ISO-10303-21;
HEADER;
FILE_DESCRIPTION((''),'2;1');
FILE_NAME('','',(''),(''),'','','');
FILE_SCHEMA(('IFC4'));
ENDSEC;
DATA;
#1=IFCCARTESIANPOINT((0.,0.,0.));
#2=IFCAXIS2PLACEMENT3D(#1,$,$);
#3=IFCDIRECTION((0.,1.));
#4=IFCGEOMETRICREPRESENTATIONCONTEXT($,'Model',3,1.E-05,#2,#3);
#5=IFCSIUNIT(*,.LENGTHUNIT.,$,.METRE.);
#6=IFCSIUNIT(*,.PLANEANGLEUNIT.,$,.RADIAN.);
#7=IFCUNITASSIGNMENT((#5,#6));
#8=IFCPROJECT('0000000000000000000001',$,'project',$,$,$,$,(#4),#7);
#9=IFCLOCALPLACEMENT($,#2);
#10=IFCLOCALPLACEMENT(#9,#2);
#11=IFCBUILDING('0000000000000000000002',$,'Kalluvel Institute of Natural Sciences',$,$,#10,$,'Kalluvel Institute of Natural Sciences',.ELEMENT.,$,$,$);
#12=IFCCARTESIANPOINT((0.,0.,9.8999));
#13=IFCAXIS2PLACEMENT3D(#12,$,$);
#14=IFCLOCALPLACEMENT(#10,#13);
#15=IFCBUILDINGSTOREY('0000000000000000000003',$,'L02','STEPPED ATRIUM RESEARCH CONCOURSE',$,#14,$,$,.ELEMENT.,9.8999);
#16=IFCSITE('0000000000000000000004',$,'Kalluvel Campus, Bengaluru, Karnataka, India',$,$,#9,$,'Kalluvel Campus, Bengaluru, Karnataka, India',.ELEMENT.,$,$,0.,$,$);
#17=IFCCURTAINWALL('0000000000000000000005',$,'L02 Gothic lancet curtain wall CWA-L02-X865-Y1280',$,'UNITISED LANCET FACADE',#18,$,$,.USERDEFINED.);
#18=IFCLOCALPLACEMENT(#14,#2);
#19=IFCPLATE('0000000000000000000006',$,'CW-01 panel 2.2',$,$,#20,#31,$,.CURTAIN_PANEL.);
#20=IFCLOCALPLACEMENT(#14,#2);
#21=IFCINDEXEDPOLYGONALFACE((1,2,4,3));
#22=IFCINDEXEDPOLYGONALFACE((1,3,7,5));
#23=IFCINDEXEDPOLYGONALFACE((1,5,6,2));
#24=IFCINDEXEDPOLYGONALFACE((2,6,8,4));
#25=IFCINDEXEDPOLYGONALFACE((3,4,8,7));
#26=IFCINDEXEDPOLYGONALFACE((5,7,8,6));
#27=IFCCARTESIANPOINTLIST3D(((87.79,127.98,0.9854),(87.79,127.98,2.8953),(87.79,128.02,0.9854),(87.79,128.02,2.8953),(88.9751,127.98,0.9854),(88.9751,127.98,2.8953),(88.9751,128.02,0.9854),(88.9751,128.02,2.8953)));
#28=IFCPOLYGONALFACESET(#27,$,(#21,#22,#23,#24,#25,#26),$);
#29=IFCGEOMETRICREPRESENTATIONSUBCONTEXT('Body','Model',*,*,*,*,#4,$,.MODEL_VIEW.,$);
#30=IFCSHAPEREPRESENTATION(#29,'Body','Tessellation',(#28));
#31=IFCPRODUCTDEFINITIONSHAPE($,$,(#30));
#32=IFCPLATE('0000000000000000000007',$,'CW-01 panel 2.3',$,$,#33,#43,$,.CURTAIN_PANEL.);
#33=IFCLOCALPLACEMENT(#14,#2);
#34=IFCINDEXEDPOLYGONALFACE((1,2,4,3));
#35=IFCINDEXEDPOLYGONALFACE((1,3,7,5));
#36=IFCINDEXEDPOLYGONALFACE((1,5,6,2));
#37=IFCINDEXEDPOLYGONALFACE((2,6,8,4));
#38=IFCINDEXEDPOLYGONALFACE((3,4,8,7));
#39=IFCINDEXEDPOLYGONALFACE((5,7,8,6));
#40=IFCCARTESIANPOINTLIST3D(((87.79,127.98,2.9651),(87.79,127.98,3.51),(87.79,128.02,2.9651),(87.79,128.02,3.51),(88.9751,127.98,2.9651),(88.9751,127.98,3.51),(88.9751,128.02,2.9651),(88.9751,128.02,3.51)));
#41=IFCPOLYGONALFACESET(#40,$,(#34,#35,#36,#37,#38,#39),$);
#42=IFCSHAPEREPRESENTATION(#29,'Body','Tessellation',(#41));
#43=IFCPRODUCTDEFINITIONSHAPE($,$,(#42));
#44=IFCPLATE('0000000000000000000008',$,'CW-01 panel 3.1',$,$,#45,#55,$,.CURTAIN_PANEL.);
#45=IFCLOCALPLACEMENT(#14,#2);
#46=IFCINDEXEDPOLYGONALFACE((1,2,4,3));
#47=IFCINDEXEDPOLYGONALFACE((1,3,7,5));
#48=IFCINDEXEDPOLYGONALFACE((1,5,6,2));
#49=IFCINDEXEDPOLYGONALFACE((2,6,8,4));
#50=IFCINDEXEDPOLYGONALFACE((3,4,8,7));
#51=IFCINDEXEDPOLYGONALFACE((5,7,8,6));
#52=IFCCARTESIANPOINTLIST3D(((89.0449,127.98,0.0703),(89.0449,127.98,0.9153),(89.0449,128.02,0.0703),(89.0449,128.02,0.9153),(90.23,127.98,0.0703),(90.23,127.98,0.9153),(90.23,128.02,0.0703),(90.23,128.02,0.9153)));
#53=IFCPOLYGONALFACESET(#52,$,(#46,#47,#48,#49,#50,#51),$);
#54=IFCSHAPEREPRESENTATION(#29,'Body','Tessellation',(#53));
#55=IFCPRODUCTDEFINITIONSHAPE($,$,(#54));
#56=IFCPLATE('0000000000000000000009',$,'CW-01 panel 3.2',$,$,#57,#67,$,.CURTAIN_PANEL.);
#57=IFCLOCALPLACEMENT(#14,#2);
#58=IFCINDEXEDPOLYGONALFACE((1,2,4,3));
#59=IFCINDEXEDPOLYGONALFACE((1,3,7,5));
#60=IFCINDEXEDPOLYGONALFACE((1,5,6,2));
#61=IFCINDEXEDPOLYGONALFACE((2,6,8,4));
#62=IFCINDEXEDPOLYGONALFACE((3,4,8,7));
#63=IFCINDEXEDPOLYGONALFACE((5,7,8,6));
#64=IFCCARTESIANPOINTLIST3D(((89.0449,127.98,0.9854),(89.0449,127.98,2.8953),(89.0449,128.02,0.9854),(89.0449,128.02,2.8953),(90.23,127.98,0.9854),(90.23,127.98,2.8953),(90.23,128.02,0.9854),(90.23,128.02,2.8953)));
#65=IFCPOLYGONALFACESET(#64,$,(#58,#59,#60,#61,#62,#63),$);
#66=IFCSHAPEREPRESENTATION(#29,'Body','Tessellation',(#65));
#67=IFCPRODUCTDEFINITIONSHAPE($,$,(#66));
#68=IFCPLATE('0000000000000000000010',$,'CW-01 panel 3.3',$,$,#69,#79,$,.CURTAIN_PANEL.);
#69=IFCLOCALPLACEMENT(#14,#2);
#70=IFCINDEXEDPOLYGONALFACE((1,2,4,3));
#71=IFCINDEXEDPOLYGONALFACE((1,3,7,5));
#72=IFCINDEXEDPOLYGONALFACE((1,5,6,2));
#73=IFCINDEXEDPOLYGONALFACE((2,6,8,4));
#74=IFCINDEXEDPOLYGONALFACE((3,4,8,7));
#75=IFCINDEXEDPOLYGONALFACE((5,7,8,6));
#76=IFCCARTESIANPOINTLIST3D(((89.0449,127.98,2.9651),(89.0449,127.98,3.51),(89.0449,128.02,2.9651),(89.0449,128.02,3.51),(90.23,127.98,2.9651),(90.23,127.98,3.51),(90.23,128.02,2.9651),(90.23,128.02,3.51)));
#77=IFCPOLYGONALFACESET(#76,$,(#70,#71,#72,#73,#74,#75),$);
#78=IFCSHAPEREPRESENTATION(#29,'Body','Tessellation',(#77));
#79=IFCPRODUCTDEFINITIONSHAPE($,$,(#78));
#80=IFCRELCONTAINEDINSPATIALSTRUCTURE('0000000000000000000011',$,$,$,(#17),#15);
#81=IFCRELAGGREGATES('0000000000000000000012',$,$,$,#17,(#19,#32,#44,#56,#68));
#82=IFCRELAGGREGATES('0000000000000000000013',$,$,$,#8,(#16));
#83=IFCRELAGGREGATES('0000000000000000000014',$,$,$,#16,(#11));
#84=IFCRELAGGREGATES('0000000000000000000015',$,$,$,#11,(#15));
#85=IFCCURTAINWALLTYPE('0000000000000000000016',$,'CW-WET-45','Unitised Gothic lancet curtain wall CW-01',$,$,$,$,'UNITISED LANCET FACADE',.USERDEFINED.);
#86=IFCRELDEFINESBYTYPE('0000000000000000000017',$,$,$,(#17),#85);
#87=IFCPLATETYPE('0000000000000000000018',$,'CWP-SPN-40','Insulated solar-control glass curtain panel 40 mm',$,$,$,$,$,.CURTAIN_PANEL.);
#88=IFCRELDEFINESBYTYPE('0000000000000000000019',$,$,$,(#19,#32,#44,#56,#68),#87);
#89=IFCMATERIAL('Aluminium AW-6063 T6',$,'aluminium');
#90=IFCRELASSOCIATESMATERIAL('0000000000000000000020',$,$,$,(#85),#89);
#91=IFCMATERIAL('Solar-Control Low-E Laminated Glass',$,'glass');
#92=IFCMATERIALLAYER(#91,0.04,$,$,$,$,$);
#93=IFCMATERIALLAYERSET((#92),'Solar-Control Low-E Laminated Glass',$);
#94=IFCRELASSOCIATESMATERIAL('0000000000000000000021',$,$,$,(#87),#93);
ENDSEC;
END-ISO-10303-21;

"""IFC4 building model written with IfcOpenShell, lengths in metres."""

from ifc_helpers import new_model, si_unit, direction, frame, origin, origin_2d, place, context, subcontext, project, spatial, rectangle, extrude, material, layer, layer_set, type_object, element, aggregate, save


model = new_model("IFC4")

# Units and contexts
model_context = context("Model", 3, precision=1e-05, world=origin(), true_north=direction((0.0, 1.0)))
body_context = subcontext(model_context, "Body", "Model", "MODEL_VIEW")
ifc_project = project(units=[si_unit("LENGTHUNIT", "METRE"), si_unit("PLANEANGLEUNIT", "RADIAN")], contexts=[model_context])

# Site, building, storey
site_placement = place(None, origin())
site = spatial("IfcSite", under=ifc_project, at=site_placement, Name="Kalluvel Campus, Bengaluru, Karnataka, India", LongName="Kalluvel Campus, Bengaluru, Karnataka, India", CompositionType="ELEMENT", RefElevation=0.0)
building_placement = place(site_placement, origin())
building = spatial("IfcBuilding", under=site, at=building_placement, Name="Kalluvel Institute of Natural Sciences", LongName="Kalluvel Institute of Natural Sciences", CompositionType="ELEMENT")
storey_placement = place(building_placement, frame((0.0, 0.0, 9.8999)))
storey = spatial("IfcBuildingStorey", under=building, at=storey_placement, Name="L02", Description="STEPPED ATRIUM RESEARCH CONCOURSE", CompositionType="ELEMENT", Elevation=9.8999)

# Curtain wall
ifc_material_1 = material(Name="Aluminium AW-6063 T6", Category="aluminium")
curtain_wall_type = type_object("IfcCurtainWallType", Name="CW-WET-45", Description="Unitised Gothic lancet curtain wall CW-01", ElementType="UNITISED LANCET FACADE", PredefinedType="USERDEFINED", material=ifc_material_1)
curtain_wall_placement = place(storey_placement, origin())
curtain_wall = element("IfcCurtainWall", 1, at=curtain_wall_placement, inside=storey, type_object=curtain_wall_type, Name="L02 Gothic lancet curtain wall CWA-L02-X865-Y1280", ObjectType="UNITISED LANCET FACADE", PredefinedType="USERDEFINED")

# Plates
ifc_material_2 = material(Name="Solar-Control Low-E Laminated Glass", Category="glass")
ifc_layer = layer(ifc_material_2, 0.04)
ifc_layer_set = layer_set([ifc_layer], Name="Solar-Control Low-E Laminated Glass")
plate_type = type_object("IfcPlateType", Name="CWP-SPN-40", Description="Insulated solar-control glass curtain panel 40 mm", PredefinedType="CURTAIN_PANEL", material=ifc_layer_set)
plate_1_placement = place(storey_placement, frame((88.3826, 128.0, 0.9854), z_axis=(0.0, 0.0, 1.0), x_axis=(1.0, 0.0, 0.0)))
plate_1 = element("IfcPlate", 2, at=plate_1_placement, type_object=plate_type, Name="CW-01 panel 2.2", PredefinedType="CURTAIN_PANEL", context=body_context, shape_type="SweptSolid", body=[
    extrude(rectangle(XDim=1.1851, YDim=0.04, at=origin_2d()), origin(), (0.0, 0.0, 1.0), 1.9099),
])
plate_2_placement = place(storey_placement, frame((88.3826, 128.0, 2.9651), z_axis=(0.0, 0.0, 1.0), x_axis=(1.0, 0.0, 0.0)))
plate_2 = element("IfcPlate", 3, at=plate_2_placement, type_object=plate_type, Name="CW-01 panel 2.3", PredefinedType="CURTAIN_PANEL", context=body_context, shape_type="SweptSolid", body=[
    extrude(rectangle(XDim=1.1851, YDim=0.04, at=origin_2d()), origin(), (0.0, 0.0, 1.0), 0.5449),
])
plate_3_placement = place(storey_placement, frame((89.6375, 128.0, 0.0703), z_axis=(0.0, 0.0, 1.0), x_axis=(1.0, 0.0, 0.0)))
plate_3 = element("IfcPlate", 4, at=plate_3_placement, type_object=plate_type, Name="CW-01 panel 3.1", PredefinedType="CURTAIN_PANEL", context=body_context, shape_type="SweptSolid", body=[
    extrude(rectangle(XDim=1.1851, YDim=0.04, at=origin_2d()), origin(), (0.0, 0.0, 1.0), 0.845),
])
plate_4_placement = place(storey_placement, frame((89.6375, 128.0, 0.9854), z_axis=(0.0, 0.0, 1.0), x_axis=(1.0, 0.0, 0.0)))
plate_4 = element("IfcPlate", 5, at=plate_4_placement, type_object=plate_type, Name="CW-01 panel 3.2", PredefinedType="CURTAIN_PANEL", context=body_context, shape_type="SweptSolid", body=[
    extrude(rectangle(XDim=1.1851, YDim=0.04, at=origin_2d()), origin(), (0.0, 0.0, 1.0), 1.9099),
])
plate_5_placement = place(storey_placement, frame((89.6375, 128.0, 2.9651), z_axis=(0.0, 0.0, 1.0), x_axis=(1.0, 0.0, 0.0)))
plate_5 = element("IfcPlate", 6, at=plate_5_placement, type_object=plate_type, Name="CW-01 panel 3.3", PredefinedType="CURTAIN_PANEL", context=body_context, shape_type="SweptSolid", body=[
    extrude(rectangle(XDim=1.1851, YDim=0.04, at=origin_2d()), origin(), (0.0, 0.0, 1.0), 0.5449),
])
aggregate(curtain_wall, [plate_1, plate_2, plate_3, plate_4, plate_5])

save(model, "model.ifc")
